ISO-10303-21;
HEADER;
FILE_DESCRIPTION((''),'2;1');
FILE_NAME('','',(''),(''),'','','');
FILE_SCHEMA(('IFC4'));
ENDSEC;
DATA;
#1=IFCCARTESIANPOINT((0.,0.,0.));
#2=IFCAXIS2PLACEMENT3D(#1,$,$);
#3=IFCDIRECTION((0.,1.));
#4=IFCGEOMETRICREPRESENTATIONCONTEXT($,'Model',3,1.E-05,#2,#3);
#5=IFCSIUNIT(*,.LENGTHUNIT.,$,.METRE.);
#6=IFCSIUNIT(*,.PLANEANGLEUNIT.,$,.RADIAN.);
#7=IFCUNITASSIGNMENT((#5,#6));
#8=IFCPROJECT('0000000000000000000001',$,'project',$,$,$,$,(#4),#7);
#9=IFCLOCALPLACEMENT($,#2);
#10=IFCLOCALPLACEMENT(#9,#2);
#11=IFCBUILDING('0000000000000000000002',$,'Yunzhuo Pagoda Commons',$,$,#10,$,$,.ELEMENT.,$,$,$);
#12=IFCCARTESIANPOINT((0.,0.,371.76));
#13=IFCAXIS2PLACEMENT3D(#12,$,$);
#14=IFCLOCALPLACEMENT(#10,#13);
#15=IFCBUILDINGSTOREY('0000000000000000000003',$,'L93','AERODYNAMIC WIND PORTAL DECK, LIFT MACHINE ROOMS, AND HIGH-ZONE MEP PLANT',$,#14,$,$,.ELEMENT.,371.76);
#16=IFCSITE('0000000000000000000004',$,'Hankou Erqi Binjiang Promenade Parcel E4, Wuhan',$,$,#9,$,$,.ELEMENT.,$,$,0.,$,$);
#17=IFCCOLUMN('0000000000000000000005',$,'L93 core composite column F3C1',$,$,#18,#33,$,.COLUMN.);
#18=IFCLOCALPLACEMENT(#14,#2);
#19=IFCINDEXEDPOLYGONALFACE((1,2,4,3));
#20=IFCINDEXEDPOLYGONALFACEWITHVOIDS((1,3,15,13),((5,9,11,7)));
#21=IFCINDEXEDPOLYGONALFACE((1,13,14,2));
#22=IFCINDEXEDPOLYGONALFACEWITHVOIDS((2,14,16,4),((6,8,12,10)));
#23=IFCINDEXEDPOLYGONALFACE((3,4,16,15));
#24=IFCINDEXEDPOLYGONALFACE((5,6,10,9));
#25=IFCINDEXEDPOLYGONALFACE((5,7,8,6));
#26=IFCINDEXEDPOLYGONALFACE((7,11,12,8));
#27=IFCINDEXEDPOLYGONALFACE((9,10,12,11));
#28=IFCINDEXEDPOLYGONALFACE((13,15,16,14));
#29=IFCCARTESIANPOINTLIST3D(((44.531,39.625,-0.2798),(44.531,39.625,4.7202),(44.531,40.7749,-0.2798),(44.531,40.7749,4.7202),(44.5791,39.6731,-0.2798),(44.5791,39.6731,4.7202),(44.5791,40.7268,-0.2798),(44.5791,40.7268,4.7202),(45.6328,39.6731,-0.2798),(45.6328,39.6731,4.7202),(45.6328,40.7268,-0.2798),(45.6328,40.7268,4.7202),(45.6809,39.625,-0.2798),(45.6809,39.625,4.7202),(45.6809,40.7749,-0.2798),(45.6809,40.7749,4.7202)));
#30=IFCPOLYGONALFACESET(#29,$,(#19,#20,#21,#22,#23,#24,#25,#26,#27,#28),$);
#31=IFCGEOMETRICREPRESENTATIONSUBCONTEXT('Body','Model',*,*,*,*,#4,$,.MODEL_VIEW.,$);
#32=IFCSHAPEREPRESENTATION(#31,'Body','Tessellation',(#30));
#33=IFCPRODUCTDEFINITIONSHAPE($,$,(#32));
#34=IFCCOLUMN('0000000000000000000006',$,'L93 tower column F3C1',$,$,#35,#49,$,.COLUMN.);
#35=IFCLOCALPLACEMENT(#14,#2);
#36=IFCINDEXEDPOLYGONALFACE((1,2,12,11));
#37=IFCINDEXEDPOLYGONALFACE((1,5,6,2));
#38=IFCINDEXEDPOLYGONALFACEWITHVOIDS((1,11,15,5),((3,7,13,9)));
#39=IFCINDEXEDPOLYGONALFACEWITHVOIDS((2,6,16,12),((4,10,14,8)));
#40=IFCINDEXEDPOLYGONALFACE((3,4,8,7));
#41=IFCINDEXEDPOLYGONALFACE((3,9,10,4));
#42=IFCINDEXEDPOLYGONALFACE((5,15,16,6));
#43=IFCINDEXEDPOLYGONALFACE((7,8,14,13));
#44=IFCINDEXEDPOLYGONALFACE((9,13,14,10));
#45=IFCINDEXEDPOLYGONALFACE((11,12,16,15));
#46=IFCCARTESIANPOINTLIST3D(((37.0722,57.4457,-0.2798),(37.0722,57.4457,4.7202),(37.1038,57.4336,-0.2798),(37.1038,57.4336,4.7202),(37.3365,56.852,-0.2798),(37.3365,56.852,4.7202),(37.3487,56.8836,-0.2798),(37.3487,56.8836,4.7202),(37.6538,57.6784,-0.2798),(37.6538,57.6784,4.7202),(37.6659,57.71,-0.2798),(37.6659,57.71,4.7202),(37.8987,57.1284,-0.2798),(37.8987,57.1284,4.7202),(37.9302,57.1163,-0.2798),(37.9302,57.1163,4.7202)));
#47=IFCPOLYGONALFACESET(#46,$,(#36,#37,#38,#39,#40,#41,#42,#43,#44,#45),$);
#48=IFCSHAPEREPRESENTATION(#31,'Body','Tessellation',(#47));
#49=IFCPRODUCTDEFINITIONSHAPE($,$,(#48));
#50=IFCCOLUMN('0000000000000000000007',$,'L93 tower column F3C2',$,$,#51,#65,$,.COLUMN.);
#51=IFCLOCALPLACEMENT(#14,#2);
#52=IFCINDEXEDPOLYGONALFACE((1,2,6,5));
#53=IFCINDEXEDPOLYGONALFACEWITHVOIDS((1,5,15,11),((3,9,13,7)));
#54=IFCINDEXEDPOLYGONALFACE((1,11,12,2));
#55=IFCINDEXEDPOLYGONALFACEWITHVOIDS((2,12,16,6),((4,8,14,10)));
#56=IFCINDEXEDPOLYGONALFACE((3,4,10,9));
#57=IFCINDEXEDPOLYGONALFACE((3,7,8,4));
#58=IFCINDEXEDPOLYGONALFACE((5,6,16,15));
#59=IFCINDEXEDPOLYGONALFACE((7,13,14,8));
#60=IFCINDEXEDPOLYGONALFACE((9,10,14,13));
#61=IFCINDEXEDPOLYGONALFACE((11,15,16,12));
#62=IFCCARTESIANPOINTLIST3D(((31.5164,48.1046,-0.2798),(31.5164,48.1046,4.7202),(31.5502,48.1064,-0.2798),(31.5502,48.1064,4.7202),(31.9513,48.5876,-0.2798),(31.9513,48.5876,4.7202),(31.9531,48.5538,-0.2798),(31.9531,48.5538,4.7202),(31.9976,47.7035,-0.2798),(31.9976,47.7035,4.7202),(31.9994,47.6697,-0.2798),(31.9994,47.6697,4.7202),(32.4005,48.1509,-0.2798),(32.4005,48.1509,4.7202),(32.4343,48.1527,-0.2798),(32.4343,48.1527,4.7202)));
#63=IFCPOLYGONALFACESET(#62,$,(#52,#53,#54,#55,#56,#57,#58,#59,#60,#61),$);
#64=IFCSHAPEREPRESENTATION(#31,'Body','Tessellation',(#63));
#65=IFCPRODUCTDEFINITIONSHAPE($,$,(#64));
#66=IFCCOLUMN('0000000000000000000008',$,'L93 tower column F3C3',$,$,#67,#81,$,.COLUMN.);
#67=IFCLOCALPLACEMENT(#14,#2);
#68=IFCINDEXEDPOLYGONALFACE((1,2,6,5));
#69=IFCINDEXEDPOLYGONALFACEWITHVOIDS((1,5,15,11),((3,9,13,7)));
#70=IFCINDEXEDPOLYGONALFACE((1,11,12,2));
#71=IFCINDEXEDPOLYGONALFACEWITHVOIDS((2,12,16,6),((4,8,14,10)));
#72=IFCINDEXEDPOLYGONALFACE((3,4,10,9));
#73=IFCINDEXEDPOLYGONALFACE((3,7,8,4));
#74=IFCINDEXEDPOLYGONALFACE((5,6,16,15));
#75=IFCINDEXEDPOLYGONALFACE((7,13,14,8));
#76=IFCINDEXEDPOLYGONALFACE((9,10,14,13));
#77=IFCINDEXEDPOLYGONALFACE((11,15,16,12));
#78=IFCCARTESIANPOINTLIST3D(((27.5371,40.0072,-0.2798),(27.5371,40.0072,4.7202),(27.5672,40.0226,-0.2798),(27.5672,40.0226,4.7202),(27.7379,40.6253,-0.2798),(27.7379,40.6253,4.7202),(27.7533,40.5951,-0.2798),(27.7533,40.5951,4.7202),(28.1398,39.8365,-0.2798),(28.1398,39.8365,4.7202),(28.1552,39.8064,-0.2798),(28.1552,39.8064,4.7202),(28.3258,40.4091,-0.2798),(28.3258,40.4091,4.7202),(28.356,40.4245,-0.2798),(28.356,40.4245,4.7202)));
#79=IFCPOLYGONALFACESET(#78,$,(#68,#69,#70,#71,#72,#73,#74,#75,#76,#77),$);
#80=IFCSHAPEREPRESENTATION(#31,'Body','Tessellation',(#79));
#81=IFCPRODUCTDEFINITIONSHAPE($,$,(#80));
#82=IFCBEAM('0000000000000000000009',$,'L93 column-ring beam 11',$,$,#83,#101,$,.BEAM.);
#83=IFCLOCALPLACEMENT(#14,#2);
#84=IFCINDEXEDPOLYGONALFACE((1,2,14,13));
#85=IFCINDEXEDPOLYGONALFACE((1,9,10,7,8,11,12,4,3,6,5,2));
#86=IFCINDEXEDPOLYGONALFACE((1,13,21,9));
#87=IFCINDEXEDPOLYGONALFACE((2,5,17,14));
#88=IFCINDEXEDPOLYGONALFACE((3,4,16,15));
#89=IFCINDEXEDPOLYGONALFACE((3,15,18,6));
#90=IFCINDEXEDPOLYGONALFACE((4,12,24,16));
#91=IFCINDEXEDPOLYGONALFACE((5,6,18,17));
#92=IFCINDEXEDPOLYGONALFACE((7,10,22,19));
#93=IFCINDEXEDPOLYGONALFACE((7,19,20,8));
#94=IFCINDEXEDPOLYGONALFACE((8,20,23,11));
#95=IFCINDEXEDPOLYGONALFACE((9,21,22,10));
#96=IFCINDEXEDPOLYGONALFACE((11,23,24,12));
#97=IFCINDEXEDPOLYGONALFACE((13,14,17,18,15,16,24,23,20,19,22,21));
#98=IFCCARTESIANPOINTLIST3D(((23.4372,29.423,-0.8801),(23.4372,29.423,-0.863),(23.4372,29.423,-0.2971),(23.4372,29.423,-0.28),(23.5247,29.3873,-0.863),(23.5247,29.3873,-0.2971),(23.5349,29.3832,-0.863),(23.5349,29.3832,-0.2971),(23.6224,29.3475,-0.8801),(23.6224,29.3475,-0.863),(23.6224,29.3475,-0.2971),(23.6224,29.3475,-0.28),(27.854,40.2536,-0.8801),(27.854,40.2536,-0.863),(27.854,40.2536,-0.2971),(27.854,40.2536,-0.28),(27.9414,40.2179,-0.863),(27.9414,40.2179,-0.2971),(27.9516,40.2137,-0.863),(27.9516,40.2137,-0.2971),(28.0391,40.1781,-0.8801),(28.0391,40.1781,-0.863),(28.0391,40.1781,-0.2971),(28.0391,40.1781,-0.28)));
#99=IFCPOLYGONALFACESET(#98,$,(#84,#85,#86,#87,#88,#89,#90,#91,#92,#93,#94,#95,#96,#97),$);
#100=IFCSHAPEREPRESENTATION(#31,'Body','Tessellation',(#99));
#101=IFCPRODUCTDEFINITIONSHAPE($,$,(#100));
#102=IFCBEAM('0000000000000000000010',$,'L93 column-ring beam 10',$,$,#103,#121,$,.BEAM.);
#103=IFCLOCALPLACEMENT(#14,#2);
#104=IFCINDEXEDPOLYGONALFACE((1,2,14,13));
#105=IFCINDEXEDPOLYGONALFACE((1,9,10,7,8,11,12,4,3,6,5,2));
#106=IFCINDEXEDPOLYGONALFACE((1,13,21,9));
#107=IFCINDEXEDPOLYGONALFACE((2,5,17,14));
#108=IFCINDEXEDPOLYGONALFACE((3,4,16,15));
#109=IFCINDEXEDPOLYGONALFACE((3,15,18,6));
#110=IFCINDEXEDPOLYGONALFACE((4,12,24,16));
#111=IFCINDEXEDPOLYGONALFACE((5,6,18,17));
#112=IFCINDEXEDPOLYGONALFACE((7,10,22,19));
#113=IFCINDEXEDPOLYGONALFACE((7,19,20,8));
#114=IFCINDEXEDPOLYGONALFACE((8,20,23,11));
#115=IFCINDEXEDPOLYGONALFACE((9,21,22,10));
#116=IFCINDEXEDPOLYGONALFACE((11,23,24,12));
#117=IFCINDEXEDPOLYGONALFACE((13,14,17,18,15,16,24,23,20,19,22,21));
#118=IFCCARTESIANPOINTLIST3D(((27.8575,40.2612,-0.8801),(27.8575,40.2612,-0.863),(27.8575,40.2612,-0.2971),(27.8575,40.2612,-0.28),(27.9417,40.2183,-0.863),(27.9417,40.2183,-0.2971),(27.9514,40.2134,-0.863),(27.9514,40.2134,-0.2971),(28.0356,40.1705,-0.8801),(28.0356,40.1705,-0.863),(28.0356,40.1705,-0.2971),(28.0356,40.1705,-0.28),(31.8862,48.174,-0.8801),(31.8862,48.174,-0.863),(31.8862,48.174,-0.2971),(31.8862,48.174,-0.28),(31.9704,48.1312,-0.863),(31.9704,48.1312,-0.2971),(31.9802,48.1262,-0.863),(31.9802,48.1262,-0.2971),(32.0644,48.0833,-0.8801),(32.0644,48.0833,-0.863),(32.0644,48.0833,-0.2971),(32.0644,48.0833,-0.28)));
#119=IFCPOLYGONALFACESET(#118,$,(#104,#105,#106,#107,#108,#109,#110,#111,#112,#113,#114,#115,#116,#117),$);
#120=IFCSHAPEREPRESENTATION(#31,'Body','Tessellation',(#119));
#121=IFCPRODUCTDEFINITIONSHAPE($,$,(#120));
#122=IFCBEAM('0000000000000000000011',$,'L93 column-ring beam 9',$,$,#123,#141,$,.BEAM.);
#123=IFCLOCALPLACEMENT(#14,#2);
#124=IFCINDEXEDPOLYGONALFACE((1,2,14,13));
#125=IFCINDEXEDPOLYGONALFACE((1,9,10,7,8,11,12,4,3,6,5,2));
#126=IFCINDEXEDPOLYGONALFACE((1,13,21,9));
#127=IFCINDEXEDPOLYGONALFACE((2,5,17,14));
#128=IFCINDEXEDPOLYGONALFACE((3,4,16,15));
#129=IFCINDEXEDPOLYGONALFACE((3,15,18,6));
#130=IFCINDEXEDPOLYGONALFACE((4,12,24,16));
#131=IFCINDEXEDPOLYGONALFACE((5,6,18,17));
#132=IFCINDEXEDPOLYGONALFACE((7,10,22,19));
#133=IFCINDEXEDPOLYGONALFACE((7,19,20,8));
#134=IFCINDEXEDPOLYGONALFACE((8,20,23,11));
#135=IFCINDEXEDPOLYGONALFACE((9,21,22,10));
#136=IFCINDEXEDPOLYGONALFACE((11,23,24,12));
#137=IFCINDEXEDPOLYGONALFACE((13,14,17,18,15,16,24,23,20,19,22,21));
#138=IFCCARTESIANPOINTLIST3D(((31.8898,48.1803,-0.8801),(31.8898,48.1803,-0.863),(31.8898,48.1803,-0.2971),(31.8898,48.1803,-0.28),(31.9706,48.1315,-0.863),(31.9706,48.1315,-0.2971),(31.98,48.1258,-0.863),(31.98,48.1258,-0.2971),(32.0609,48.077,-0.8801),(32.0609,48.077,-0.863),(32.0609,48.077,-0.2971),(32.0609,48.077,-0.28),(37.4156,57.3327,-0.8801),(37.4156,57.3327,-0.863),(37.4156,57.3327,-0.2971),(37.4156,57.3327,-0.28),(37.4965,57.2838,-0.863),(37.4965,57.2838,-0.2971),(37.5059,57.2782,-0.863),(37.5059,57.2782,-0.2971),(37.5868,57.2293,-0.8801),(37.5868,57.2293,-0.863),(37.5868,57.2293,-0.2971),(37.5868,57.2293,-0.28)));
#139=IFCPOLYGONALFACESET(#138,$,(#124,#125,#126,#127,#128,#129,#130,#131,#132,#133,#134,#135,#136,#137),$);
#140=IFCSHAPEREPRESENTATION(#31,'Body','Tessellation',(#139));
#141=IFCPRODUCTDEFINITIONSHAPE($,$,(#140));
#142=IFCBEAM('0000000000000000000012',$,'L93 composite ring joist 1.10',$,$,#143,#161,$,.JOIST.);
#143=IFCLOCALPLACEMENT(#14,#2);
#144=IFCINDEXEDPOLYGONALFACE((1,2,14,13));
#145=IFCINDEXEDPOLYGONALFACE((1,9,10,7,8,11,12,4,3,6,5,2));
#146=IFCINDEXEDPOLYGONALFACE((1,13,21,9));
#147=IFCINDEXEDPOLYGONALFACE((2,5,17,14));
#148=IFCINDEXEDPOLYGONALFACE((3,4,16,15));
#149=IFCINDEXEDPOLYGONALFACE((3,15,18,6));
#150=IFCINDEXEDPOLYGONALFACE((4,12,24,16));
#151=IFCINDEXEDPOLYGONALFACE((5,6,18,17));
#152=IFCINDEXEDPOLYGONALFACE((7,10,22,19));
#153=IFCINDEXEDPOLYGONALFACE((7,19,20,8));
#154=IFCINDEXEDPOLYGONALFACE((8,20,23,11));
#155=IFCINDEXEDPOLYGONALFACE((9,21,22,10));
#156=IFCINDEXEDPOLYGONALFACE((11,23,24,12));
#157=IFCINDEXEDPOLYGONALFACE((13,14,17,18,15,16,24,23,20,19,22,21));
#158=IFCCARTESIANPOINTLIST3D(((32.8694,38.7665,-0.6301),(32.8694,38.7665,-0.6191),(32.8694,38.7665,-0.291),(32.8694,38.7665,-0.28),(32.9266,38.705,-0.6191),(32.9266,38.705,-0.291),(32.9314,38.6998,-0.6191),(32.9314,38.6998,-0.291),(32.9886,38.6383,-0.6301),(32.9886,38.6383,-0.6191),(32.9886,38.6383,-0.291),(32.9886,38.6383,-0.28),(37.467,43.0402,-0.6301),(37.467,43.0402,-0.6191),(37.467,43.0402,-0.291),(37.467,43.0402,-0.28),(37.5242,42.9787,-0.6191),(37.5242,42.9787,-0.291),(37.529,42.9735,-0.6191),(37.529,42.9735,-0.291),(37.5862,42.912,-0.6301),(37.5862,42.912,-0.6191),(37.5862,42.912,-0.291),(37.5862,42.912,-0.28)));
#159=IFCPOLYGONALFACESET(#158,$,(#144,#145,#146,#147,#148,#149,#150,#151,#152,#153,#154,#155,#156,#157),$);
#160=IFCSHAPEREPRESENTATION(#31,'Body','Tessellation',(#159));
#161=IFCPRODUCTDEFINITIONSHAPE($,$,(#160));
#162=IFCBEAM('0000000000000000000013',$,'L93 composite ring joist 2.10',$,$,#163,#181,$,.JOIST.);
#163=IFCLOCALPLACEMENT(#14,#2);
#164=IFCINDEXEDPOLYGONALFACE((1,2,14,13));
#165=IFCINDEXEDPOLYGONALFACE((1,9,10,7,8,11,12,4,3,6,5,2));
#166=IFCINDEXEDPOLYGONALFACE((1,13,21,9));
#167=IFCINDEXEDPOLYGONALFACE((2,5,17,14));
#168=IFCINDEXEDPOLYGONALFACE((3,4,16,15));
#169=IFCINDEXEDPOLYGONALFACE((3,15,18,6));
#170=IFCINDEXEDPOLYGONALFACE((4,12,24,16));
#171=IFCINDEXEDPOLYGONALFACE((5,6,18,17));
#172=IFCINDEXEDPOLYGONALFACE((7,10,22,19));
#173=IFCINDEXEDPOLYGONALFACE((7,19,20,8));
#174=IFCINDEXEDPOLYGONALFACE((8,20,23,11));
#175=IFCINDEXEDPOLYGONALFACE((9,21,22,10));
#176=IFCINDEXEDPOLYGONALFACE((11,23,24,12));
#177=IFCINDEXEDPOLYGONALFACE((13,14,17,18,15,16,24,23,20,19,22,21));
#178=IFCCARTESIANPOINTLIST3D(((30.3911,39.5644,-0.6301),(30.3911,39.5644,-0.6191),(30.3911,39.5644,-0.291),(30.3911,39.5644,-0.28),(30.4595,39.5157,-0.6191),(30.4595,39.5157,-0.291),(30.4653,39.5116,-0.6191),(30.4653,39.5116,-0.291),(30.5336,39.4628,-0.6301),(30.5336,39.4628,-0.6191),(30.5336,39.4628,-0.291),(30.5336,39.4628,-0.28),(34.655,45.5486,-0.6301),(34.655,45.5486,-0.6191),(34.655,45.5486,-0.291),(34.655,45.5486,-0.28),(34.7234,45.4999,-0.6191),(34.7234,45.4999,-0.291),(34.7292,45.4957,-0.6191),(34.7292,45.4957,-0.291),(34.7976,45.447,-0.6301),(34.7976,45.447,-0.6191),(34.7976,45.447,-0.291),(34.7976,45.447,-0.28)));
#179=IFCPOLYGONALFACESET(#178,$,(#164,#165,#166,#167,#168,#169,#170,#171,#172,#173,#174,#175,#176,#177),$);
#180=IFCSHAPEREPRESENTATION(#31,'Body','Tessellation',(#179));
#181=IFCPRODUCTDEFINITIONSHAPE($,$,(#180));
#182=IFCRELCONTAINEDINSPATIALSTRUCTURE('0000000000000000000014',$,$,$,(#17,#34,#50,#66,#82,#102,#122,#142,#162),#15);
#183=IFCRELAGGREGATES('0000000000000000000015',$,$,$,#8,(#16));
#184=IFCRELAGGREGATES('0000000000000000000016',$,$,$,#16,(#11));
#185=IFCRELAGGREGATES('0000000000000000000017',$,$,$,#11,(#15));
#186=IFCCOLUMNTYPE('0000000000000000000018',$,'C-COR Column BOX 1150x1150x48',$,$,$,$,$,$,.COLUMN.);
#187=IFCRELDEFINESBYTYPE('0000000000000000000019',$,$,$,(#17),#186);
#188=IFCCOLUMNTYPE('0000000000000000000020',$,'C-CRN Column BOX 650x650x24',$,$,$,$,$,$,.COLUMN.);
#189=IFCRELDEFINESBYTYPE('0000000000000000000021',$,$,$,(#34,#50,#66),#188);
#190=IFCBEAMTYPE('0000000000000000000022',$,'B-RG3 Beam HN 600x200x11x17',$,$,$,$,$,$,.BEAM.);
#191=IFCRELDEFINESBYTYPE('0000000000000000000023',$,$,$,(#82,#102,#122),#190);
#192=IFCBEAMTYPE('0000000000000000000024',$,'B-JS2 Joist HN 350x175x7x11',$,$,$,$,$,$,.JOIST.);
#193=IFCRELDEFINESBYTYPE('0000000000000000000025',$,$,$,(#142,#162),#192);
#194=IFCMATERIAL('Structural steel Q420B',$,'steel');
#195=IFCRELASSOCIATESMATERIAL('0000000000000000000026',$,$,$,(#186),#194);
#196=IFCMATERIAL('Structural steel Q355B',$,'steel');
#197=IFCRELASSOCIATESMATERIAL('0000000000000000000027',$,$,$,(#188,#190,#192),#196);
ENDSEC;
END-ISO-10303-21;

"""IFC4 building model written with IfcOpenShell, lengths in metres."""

from ifc_helpers import new_model, si_unit, direction, frame, origin, origin_2d, place, context, subcontext, project, spatial, hollow_rectangle, i_section, extrude, source, transform, mapped, material, material_profile, profile_set, type_object, element, save


model = new_model("IFC4")

# Units and contexts
model_context = context("Model", 3, precision=1e-05, world=origin(), true_north=direction((0.0, 1.0)))
body_context = subcontext(model_context, "Body", "Model", "MODEL_VIEW")
ifc_project = project(units=[si_unit("LENGTHUNIT", "METRE"), si_unit("PLANEANGLEUNIT", "RADIAN")], contexts=[model_context])

# Site, building, storey
site_placement = place(None, origin())
site = spatial("IfcSite", under=ifc_project, at=site_placement, Name="Hankou Erqi Binjiang Promenade Parcel E4, Wuhan", CompositionType="ELEMENT", RefElevation=0.0)
building_placement = place(site_placement, origin())
building = spatial("IfcBuilding", under=site, at=building_placement, Name="Yunzhuo Pagoda Commons", CompositionType="ELEMENT")
storey_placement = place(building_placement, frame((0.0, 0.0, 371.76)))
storey = spatial("IfcBuildingStorey", under=building, at=storey_placement, Name="L93", Description="AERODYNAMIC WIND PORTAL DECK, LIFT MACHINE ROOMS, AND HIGH-ZONE MEP PLANT", CompositionType="ELEMENT", Elevation=371.76)

# Columns
ifc_material_1 = material(Name="Structural steel Q420B", Category="steel")
ifc_material_profile_1 = material_profile(ifc_material_1, hollow_rectangle(XDim=1.1499, YDim=1.1499, WallThickness=0.0481, at=origin_2d()), Name="Structural steel Q420B")
ifc_profile_set_1 = profile_set([ifc_material_profile_1], Name="Structural steel Q420B")
column_type_1 = type_object("IfcColumnType", Name="C-COR Column BOX 1150x1150x48", PredefinedType="COLUMN", material=ifc_profile_set_1)
shared_shape_1 = source(origin(), body_context, "Body", "SweptSolid", [
    extrude(hollow_rectangle(XDim=1.1499, YDim=1.1499, WallThickness=0.0481, at=origin_2d()), origin(), (0.0, 0.0, 1.0), 5.0),
])
column_placement = place(storey_placement, frame((45.106, 40.2, -0.2798), z_axis=(0.0, 0.0, 1.0), x_axis=(1.0, 0.0, 0.0)))
element("IfcColumn", 1, at=column_placement, inside=storey, type_object=column_type_1, Name="L93 core composite column F3C1", PredefinedType="COLUMN", context=body_context, shape_type="MappedRepresentation", body=[
    mapped(shared_shape_1, transform((0.0, 0.0, 0.0), scale=1.0)),
])
ifc_material_2 = material(Name="Structural steel Q355B", Category="steel")
ifc_material_profile_2 = material_profile(ifc_material_2, hollow_rectangle(XDim=0.6499, YDim=0.6499, WallThickness=0.0239, at=origin_2d()), Name="Structural steel Q355B")
ifc_profile_set_2 = profile_set([ifc_material_profile_2], Name="Structural steel Q355B")
column_type_2 = type_object("IfcColumnType", Name="C-CRN Column BOX 650x650x24", PredefinedType="COLUMN", material=ifc_profile_set_2)
shared_shape_2 = source(origin(), body_context, "Body", "SweptSolid", [
    extrude(hollow_rectangle(XDim=0.6499, YDim=0.6499, WallThickness=0.0239, at=origin_2d()), origin(), (0.0, 0.0, 1.0), 5.0),
])
for number, where, z_axis, x_axis, name in (
    (2, (37.5012, 57.281, -0.2798), (0.0, 0.0, 1.0), (-0.913545, -0.406737, 0.0), "L93 tower column F3C1"),
    (3, (31.9753, 48.1287, -0.2798), (0.0, 0.0, 1.0), (-0.669131, -0.743145, 0.0), "L93 tower column F3C2"),
    (4, (27.9465, 40.2158, -0.2798), (0.0, 0.0, 1.0), (-0.309017, -0.951057, 0.0), "L93 tower column F3C3"),
):
    element("IfcColumn", number, at=place(storey_placement, frame(where, z_axis=z_axis, x_axis=x_axis)), inside=storey, type_object=column_type_2, Name=name, PredefinedType="COLUMN", context=body_context, shape_type="MappedRepresentation", body=[
        mapped(shared_shape_2, transform((0.0, 0.0, 0.0), scale=1.0)),
    ])

# Beams
ifc_material_profile_3 = material_profile(ifc_material_2, i_section(OverallWidth=0.2, OverallDepth=0.6001, WebThickness=0.011, FlangeThickness=0.0171, at=origin_2d()), Name="Structural steel Q355B")
ifc_profile_set_3 = profile_set([ifc_material_profile_3], Name="Structural steel Q355B")
beam_type_1 = type_object("IfcBeamType", Name="B-RG3 Beam HN 600x200x11x17", PredefinedType="BEAM", material=ifc_profile_set_3)
shared_shape_3 = source(origin(), body_context, "Body", "SweptSolid", [
    extrude(i_section(OverallWidth=0.2, OverallDepth=0.6001, WebThickness=0.011, FlangeThickness=0.0171, at=origin_2d()), origin(), (0.0, 0.0, 1.0), 11.6965),
])
beam_1_placement = place(storey_placement, frame((27.9465, 40.2158, -0.5801), z_axis=(-0.377612, -0.925964, 0.0), x_axis=(0.925964, -0.377612, 0.0)))
element("IfcBeam", 5, at=beam_1_placement, inside=storey, type_object=beam_type_1, Name="L93 column-ring beam 11", PredefinedType="BEAM", context=body_context, shape_type="MappedRepresentation", body=[
    mapped(shared_shape_3, transform((0.0, 0.0, 0.0), scale=1.0)),
])
shared_shape_4 = source(origin(), body_context, "Body", "SweptSolid", [
    extrude(i_section(OverallWidth=0.2, OverallDepth=0.6001, WebThickness=0.011, FlangeThickness=0.0171, at=origin_2d()), origin(), (0.0, 0.0, 1.0), 8.8794),
])
beam_2_placement = place(storey_placement, frame((31.9753, 48.1287, -0.5801), z_axis=(-0.453724, -0.891142, 0.0), x_axis=(0.891142, -0.453724, 0.0)))
element("IfcBeam", 6, at=beam_2_placement, inside=storey, type_object=beam_type_1, Name="L93 column-ring beam 10", PredefinedType="BEAM", context=body_context, shape_type="MappedRepresentation", body=[
    mapped(shared_shape_4, transform((0.0, 0.0, 0.0), scale=1.0)),
])
shared_shape_5 = source(origin(), body_context, "Body", "SweptSolid", [
    extrude(i_section(OverallWidth=0.2, OverallDepth=0.6001, WebThickness=0.011, FlangeThickness=0.0171, at=origin_2d()), origin(), (0.0, 0.0, 1.0), 10.6912),
])
beam_3_placement = place(storey_placement, frame((37.5012, 57.281, -0.5801), z_axis=(-0.516865, -0.856067, 0.0), x_axis=(0.856067, -0.516865, 0.0)))
element("IfcBeam", 7, at=beam_3_placement, inside=storey, type_object=beam_type_1, Name="L93 column-ring beam 9", PredefinedType="BEAM", context=body_context, shape_type="MappedRepresentation", body=[
    mapped(shared_shape_5, transform((0.0, 0.0, 0.0), scale=1.0)),
])
ifc_material_profile_4 = material_profile(ifc_material_2, i_section(OverallWidth=0.175, OverallDepth=0.3501, WebThickness=0.0071, FlangeThickness=0.011, at=origin_2d()), Name="Structural steel Q355B")
ifc_profile_set_4 = profile_set([ifc_material_profile_4], Name="Structural steel Q355B")
beam_type_2 = type_object("IfcBeamType", Name="B-JS2 Joist HN 350x175x7x11", PredefinedType="JOIST", material=ifc_profile_set_4)
shared_shape_6 = source(origin(), body_context, "Body", "SweptSolid", [
    extrude(i_section(OverallWidth=0.175, OverallDepth=0.3501, WebThickness=0.0071, FlangeThickness=0.011, at=origin_2d()), origin(), (0.0, 0.0, 1.0), 6.2771),
])
beam_4_placement = place(storey_placement, frame((37.5266, 42.9761, -0.4551), z_axis=(-0.732442, -0.68083, 0.0), x_axis=(0.68083, -0.732442, 0.0)))
element("IfcBeam", 8, at=beam_4_placement, inside=storey, type_object=beam_type_2, Name="L93 composite ring joist 1.10", PredefinedType="JOIST", context=body_context, shape_type="MappedRepresentation", body=[
    mapped(shared_shape_6, transform((0.0, 0.0, 0.0), scale=1.0)),
])
shared_shape_7 = source(origin(), body_context, "Body", "SweptSolid", [
    extrude(i_section(OverallWidth=0.175, OverallDepth=0.3501, WebThickness=0.0071, FlangeThickness=0.011, at=origin_2d()), origin(), (0.0, 0.0, 1.0), 7.3479),
])
beam_5_placement = place(storey_placement, frame((34.7263, 45.4978, -0.4551), z_axis=(-0.580295, -0.814406, 0.0), x_axis=(0.814406, -0.580295, 0.0)))
element("IfcBeam", 9, at=beam_5_placement, inside=storey, type_object=beam_type_2, Name="L93 composite ring joist 2.10", PredefinedType="JOIST", context=body_context, shape_type="MappedRepresentation", body=[
    mapped(shared_shape_7, transform((0.0, 0.0, 0.0), scale=1.0)),
])

save(model, "model.ifc")
